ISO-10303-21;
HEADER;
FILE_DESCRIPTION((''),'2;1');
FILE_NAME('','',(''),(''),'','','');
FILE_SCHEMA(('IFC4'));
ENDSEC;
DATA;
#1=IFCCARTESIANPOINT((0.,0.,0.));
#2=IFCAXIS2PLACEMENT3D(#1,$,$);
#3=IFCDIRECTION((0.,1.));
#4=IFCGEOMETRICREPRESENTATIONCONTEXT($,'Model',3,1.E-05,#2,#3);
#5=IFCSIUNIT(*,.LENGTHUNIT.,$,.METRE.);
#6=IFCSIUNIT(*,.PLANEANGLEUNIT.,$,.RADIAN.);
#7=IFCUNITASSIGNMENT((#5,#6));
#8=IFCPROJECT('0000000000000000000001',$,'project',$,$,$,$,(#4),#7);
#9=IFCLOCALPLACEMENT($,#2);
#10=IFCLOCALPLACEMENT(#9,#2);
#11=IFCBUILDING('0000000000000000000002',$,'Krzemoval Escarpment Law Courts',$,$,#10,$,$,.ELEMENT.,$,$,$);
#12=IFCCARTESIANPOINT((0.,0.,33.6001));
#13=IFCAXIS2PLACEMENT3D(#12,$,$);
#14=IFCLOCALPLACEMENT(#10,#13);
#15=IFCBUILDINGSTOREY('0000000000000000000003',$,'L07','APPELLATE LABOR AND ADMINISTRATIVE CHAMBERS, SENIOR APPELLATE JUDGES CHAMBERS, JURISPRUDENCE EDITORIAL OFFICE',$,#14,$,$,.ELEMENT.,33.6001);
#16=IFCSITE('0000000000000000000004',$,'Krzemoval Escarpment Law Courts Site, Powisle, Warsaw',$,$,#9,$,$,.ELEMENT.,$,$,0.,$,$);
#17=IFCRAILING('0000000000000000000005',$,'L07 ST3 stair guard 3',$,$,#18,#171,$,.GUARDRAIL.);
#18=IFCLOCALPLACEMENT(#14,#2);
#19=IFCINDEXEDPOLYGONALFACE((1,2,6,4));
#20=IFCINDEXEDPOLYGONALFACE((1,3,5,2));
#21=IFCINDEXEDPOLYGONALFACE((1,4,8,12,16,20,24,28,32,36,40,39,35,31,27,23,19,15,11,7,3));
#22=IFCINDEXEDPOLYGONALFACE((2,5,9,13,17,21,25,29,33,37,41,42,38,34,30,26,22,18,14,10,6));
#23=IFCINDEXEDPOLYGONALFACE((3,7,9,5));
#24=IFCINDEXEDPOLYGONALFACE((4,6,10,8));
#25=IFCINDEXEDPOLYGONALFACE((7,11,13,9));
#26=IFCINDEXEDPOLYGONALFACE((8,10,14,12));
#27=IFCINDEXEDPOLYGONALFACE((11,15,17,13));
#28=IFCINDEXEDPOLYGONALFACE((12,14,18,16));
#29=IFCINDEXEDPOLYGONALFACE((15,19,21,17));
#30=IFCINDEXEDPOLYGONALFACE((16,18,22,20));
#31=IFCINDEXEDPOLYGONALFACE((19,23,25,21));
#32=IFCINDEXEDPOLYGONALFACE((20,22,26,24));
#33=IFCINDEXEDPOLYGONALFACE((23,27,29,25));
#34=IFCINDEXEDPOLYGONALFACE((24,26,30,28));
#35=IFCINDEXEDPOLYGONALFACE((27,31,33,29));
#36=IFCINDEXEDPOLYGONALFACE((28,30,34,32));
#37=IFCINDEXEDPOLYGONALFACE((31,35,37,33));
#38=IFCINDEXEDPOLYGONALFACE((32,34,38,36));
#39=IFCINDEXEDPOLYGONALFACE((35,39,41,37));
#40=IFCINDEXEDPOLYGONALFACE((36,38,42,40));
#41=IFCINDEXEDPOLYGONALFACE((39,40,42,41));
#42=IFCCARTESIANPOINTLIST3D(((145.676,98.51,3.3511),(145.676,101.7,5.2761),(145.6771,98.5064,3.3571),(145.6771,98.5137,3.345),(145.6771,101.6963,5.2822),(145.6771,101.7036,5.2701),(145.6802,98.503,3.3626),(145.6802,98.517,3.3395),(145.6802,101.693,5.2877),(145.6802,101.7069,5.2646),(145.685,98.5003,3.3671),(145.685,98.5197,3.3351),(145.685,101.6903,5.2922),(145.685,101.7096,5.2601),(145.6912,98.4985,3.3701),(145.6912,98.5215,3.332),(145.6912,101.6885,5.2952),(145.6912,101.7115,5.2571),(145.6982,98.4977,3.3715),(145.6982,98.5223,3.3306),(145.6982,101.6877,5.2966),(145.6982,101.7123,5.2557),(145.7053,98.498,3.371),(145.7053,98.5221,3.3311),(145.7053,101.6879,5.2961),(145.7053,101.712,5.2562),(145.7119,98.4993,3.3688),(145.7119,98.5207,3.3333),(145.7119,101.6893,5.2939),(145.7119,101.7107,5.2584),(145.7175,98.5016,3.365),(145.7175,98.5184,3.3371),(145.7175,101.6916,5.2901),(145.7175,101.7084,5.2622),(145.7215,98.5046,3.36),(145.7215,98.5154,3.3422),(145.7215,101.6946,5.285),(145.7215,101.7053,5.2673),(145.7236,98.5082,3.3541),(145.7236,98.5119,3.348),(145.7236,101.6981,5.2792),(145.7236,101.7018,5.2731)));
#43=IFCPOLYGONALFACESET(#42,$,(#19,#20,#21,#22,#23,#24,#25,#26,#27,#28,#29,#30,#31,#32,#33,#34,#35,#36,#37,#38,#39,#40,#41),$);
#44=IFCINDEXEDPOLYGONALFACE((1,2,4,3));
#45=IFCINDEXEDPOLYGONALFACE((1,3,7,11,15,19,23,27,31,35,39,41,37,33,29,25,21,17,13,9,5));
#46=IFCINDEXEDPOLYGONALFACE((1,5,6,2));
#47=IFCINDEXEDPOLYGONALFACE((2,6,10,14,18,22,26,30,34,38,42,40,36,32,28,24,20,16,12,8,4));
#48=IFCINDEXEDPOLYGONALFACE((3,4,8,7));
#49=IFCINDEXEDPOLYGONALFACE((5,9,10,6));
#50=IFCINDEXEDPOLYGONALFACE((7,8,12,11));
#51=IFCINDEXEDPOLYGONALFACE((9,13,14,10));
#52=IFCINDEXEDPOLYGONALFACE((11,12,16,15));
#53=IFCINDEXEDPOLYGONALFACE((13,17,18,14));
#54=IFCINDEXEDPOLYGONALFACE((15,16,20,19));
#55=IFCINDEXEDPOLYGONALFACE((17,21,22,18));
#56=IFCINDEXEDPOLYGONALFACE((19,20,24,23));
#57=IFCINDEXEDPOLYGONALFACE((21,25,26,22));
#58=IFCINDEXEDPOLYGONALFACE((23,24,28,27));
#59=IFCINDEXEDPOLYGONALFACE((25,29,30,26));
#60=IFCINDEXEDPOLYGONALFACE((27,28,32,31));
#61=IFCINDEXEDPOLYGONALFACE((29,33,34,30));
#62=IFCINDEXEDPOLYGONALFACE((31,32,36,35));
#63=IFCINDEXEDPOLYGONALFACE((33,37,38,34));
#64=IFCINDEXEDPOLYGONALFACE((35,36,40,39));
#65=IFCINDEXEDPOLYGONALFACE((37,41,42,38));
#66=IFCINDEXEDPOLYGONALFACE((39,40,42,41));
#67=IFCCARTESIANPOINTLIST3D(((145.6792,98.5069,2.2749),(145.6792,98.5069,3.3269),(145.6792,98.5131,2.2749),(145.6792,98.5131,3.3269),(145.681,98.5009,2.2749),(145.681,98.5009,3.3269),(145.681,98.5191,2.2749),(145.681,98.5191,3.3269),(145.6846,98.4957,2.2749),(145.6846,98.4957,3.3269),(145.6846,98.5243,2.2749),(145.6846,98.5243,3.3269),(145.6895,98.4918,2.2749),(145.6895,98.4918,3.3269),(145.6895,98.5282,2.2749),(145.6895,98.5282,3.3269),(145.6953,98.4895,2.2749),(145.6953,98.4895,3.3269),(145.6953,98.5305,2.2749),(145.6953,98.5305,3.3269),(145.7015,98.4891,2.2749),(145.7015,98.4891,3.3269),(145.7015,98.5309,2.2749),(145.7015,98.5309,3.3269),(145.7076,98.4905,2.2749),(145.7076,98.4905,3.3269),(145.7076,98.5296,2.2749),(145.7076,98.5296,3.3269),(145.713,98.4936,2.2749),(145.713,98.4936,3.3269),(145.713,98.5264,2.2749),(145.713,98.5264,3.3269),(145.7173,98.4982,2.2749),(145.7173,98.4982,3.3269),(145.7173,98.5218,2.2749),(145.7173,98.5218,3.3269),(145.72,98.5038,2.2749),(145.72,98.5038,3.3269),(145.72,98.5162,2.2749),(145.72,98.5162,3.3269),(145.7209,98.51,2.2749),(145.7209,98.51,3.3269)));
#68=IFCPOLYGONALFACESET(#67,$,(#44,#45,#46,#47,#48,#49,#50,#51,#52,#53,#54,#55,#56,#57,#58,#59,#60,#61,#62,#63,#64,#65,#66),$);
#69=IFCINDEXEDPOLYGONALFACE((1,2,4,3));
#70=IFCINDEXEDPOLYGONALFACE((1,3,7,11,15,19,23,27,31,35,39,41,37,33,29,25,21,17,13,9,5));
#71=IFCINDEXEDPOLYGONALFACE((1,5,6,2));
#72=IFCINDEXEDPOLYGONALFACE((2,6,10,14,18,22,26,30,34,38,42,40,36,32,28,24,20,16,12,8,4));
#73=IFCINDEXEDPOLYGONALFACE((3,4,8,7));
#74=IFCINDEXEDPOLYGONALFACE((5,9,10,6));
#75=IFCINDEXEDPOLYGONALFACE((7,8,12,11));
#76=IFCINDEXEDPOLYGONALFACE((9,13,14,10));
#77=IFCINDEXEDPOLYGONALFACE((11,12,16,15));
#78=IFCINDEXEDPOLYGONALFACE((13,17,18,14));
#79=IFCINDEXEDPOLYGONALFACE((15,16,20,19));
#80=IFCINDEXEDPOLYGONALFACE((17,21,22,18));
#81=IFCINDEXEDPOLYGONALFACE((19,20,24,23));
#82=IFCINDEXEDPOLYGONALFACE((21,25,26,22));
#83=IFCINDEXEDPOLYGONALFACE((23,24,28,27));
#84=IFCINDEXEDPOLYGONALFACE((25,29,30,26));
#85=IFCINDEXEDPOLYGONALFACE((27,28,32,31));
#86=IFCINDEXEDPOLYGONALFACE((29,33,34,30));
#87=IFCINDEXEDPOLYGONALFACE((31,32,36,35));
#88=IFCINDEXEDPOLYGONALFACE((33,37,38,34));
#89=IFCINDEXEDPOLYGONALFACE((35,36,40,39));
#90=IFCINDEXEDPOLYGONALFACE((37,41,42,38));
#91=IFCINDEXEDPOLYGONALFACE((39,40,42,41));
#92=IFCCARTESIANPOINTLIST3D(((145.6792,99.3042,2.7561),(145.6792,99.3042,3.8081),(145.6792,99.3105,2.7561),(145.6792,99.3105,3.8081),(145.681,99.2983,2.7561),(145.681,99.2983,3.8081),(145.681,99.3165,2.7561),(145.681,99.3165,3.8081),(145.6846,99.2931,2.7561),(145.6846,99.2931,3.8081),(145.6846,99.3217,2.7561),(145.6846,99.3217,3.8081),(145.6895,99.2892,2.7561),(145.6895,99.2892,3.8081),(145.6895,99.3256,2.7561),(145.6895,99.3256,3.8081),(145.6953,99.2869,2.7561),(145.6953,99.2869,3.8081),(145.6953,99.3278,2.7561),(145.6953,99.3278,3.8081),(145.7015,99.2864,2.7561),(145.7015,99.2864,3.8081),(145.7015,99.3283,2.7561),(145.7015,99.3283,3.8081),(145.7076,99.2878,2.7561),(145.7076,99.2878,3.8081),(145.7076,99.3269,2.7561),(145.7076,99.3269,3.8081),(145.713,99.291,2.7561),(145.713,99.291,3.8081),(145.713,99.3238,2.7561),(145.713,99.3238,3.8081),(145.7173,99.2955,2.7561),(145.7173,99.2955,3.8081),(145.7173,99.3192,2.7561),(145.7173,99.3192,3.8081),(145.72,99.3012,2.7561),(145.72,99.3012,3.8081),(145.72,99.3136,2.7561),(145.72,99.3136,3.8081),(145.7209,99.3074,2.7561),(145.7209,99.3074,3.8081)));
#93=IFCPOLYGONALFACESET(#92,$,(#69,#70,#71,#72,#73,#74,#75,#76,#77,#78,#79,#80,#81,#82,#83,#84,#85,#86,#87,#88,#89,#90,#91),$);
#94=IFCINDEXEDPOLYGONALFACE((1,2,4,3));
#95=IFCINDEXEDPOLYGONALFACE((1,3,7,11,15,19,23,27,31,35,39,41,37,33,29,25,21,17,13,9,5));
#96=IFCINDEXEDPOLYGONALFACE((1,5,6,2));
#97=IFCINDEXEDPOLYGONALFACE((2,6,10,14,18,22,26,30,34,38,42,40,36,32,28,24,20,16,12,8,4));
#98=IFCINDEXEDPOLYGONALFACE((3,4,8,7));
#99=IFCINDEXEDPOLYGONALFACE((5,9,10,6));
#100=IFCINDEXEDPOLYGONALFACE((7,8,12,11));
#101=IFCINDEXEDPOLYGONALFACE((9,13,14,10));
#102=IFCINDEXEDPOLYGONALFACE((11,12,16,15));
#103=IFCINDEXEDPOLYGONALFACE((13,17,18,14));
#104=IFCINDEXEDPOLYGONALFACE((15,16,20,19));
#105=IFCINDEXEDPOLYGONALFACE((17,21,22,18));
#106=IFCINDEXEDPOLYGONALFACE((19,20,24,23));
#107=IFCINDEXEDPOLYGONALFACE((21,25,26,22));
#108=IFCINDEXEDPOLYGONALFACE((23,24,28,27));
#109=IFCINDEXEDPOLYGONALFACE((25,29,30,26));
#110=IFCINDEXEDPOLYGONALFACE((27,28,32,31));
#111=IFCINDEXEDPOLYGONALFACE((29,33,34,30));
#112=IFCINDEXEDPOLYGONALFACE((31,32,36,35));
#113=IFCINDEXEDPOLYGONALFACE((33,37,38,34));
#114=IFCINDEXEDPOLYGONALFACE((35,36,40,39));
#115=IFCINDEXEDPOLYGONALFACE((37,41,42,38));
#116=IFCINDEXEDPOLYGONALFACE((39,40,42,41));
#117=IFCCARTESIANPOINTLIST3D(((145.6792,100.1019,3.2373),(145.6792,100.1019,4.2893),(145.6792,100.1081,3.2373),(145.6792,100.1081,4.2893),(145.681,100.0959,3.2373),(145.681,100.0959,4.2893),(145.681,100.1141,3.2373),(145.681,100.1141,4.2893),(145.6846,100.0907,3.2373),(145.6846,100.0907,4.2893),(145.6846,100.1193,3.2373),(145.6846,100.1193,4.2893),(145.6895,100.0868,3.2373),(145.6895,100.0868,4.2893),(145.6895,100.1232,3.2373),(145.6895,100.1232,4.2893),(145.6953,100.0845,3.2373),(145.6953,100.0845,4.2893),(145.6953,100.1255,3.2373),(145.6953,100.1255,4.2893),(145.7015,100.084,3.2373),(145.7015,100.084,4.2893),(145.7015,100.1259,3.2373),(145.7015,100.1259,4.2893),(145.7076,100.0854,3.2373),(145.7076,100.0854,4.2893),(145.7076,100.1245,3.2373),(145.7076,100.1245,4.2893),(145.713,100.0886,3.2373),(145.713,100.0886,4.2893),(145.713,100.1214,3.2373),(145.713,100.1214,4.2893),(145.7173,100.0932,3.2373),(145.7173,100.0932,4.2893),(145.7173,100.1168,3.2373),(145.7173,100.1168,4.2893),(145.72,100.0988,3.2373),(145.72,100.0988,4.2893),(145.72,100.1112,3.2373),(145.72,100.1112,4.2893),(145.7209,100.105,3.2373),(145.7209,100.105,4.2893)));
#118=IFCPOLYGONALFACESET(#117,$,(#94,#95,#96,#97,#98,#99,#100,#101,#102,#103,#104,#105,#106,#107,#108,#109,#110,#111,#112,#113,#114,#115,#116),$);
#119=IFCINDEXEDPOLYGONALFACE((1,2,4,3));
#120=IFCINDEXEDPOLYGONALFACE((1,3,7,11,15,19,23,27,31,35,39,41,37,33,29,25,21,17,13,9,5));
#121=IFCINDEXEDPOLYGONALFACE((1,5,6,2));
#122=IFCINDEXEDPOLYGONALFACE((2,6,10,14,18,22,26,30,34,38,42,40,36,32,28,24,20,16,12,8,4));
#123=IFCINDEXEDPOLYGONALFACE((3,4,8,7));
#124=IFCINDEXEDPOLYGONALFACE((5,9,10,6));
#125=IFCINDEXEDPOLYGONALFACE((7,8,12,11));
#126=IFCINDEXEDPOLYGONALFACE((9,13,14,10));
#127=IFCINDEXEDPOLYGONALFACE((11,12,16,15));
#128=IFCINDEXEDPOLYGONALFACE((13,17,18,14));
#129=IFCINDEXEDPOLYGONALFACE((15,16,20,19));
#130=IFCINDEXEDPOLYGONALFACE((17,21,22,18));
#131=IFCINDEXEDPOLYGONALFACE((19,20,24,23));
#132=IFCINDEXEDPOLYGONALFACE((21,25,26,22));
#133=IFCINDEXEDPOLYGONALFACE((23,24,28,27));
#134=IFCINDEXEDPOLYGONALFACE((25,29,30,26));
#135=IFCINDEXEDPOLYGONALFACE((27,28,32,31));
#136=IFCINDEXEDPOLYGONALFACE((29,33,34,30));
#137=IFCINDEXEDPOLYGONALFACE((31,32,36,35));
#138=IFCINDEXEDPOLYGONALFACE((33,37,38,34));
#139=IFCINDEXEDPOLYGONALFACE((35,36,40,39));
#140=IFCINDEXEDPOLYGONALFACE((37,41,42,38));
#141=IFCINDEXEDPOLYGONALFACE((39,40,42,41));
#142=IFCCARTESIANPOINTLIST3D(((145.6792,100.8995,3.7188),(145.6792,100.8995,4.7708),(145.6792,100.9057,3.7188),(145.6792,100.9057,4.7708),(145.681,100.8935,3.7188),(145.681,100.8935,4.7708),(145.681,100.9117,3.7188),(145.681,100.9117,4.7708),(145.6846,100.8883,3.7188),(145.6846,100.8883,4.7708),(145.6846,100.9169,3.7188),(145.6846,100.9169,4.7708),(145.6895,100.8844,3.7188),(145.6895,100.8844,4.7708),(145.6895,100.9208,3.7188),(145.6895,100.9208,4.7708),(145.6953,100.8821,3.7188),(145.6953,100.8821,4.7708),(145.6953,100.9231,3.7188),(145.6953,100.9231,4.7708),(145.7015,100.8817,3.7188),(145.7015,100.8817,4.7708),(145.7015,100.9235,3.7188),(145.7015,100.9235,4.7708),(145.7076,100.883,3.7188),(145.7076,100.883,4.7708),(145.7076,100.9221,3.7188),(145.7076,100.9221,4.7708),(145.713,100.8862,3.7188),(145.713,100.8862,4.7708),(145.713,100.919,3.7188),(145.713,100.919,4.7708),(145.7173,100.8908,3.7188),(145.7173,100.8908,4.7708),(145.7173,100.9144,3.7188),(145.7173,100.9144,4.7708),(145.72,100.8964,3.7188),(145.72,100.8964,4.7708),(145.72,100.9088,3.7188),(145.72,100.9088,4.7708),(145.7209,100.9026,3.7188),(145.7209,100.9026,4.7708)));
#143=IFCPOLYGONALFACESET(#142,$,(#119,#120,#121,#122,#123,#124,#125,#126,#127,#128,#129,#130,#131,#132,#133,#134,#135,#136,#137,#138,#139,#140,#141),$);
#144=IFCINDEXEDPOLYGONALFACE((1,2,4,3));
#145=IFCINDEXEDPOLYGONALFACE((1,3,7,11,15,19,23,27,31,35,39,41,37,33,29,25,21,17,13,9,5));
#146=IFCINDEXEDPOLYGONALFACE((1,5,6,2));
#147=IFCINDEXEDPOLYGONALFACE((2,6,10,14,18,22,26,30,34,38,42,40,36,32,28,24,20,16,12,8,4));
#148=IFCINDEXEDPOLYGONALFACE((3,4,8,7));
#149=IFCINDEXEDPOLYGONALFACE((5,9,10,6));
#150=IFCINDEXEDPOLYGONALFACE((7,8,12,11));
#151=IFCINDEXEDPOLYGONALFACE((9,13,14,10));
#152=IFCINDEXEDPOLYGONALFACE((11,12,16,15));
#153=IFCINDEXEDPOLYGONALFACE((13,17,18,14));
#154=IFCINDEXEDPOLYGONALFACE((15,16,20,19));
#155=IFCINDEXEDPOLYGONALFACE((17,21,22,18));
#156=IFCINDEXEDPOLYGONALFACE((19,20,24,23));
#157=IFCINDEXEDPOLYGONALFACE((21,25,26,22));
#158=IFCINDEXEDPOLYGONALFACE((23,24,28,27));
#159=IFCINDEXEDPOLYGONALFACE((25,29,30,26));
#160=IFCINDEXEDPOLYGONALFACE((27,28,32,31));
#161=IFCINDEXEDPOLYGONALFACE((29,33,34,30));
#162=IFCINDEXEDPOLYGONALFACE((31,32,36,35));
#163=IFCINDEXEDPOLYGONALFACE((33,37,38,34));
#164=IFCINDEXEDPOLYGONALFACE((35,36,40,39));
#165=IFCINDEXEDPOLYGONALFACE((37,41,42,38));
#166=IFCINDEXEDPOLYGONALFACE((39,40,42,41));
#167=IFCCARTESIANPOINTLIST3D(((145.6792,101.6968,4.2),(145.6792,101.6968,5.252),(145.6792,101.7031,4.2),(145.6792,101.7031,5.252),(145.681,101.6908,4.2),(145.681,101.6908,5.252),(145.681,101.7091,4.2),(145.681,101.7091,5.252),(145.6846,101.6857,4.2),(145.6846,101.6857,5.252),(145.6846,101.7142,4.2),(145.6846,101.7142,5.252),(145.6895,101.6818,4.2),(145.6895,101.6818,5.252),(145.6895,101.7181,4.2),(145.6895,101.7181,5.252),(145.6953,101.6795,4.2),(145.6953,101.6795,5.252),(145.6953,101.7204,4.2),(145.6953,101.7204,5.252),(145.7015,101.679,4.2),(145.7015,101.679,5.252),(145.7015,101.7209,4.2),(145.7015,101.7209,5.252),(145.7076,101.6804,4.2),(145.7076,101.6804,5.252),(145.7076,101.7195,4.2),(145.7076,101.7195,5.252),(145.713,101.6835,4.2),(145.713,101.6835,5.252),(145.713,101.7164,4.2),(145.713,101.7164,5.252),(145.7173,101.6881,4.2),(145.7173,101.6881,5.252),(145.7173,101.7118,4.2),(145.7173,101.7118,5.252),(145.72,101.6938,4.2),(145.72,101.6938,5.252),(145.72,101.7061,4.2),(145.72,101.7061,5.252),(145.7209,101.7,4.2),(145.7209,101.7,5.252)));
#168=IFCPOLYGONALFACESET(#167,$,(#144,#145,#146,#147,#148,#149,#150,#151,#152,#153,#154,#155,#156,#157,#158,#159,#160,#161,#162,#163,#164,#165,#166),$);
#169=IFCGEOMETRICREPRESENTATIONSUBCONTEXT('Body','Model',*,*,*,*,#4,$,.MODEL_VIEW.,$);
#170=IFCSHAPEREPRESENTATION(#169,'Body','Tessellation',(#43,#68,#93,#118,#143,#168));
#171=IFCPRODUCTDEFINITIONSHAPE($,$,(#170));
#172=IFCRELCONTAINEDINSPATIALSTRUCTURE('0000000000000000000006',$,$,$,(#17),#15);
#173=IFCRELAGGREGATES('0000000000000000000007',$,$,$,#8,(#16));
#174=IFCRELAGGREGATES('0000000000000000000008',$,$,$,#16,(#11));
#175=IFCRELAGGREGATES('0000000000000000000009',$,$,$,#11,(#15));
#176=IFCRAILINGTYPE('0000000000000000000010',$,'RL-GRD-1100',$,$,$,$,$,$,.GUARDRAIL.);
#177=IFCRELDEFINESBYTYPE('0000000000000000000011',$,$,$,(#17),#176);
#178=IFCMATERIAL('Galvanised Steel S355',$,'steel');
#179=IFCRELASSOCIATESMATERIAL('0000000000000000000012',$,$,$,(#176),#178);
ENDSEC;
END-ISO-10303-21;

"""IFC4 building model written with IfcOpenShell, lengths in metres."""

from ifc_helpers import new_model, si_unit, direction, frame, origin, origin_2d, place, context, subcontext, project, spatial, circle, extrude, material, type_object, element, save


model = new_model("IFC4")

# Units and contexts
model_context = context("Model", 3, precision=1e-05, world=origin(), true_north=direction((0.0, 1.0)))
body_context = subcontext(model_context, "Body", "Model", "MODEL_VIEW")
ifc_project = project(units=[si_unit("LENGTHUNIT", "METRE"), si_unit("PLANEANGLEUNIT", "RADIAN")], contexts=[model_context])

# Site, building, storey
site_placement = place(None, origin())
site = spatial("IfcSite", under=ifc_project, at=site_placement, Name="Krzemoval Escarpment Law Courts Site, Powisle, Warsaw", CompositionType="ELEMENT", RefElevation=0.0)
building_placement = place(site_placement, origin())
building = spatial("IfcBuilding", under=site, at=building_placement, Name="Krzemoval Escarpment Law Courts", CompositionType="ELEMENT")
storey_placement = place(building_placement, frame((0.0, 0.0, 33.6001)))
storey = spatial("IfcBuildingStorey", under=building, at=storey_placement, Name="L07", Description="APPELLATE LABOR AND ADMINISTRATIVE CHAMBERS, SENIOR APPELLATE JUDGES CHAMBERS, JURISPRUDENCE EDITORIAL OFFICE", CompositionType="ELEMENT", Elevation=33.6001)

# Railing
ifc_material_1 = material(Name="Galvanised Steel S355", Category="steel")
railing_type_1 = type_object("IfcRailingType", Name="RL-GRD-1100", PredefinedType="GUARDRAIL", material=ifc_material_1)
railing_1_placement = place(storey_placement, frame((145.7, 98.51, 2.2749)))
element("IfcRailing", 1, at=railing_1_placement, inside=storey, type_object=railing_type_1, Name="L07 ST3 stair guard 3", PredefinedType="GUARDRAIL", context=body_context, shape_type="SweptSolid", body=[
    extrude(circle(Radius=0.0239, at=origin_2d()), frame((0.0, 0.0, 1.0762), z_axis=(0.0, 0.856178, 0.516682), x_axis=(-1.0, 0.0, 0.0)), (0.0, 0.0, 1.0), 3.7258),
    extrude(circle(Radius=0.021, at=origin_2d()), origin(), (0.0, 0.0, 1.0), 1.052),
    extrude(circle(Radius=0.021, at=origin_2d()), frame((0.0, 0.7974, 0.4812)), (0.0, 0.0, 1.0), 1.052),
    extrude(circle(Radius=0.021, at=origin_2d()), frame((0.0, 1.595, 0.9624)), (0.0, 0.0, 1.0), 1.052),
    extrude(circle(Radius=0.021, at=origin_2d()), frame((0.0, 2.3926, 1.4438)), (0.0, 0.0, 1.0), 1.052),
    extrude(circle(Radius=0.021, at=origin_2d()), frame((0.0, 3.1899, 1.925)), (0.0, 0.0, 1.0), 1.052),
])

save(model, "model.ifc")
